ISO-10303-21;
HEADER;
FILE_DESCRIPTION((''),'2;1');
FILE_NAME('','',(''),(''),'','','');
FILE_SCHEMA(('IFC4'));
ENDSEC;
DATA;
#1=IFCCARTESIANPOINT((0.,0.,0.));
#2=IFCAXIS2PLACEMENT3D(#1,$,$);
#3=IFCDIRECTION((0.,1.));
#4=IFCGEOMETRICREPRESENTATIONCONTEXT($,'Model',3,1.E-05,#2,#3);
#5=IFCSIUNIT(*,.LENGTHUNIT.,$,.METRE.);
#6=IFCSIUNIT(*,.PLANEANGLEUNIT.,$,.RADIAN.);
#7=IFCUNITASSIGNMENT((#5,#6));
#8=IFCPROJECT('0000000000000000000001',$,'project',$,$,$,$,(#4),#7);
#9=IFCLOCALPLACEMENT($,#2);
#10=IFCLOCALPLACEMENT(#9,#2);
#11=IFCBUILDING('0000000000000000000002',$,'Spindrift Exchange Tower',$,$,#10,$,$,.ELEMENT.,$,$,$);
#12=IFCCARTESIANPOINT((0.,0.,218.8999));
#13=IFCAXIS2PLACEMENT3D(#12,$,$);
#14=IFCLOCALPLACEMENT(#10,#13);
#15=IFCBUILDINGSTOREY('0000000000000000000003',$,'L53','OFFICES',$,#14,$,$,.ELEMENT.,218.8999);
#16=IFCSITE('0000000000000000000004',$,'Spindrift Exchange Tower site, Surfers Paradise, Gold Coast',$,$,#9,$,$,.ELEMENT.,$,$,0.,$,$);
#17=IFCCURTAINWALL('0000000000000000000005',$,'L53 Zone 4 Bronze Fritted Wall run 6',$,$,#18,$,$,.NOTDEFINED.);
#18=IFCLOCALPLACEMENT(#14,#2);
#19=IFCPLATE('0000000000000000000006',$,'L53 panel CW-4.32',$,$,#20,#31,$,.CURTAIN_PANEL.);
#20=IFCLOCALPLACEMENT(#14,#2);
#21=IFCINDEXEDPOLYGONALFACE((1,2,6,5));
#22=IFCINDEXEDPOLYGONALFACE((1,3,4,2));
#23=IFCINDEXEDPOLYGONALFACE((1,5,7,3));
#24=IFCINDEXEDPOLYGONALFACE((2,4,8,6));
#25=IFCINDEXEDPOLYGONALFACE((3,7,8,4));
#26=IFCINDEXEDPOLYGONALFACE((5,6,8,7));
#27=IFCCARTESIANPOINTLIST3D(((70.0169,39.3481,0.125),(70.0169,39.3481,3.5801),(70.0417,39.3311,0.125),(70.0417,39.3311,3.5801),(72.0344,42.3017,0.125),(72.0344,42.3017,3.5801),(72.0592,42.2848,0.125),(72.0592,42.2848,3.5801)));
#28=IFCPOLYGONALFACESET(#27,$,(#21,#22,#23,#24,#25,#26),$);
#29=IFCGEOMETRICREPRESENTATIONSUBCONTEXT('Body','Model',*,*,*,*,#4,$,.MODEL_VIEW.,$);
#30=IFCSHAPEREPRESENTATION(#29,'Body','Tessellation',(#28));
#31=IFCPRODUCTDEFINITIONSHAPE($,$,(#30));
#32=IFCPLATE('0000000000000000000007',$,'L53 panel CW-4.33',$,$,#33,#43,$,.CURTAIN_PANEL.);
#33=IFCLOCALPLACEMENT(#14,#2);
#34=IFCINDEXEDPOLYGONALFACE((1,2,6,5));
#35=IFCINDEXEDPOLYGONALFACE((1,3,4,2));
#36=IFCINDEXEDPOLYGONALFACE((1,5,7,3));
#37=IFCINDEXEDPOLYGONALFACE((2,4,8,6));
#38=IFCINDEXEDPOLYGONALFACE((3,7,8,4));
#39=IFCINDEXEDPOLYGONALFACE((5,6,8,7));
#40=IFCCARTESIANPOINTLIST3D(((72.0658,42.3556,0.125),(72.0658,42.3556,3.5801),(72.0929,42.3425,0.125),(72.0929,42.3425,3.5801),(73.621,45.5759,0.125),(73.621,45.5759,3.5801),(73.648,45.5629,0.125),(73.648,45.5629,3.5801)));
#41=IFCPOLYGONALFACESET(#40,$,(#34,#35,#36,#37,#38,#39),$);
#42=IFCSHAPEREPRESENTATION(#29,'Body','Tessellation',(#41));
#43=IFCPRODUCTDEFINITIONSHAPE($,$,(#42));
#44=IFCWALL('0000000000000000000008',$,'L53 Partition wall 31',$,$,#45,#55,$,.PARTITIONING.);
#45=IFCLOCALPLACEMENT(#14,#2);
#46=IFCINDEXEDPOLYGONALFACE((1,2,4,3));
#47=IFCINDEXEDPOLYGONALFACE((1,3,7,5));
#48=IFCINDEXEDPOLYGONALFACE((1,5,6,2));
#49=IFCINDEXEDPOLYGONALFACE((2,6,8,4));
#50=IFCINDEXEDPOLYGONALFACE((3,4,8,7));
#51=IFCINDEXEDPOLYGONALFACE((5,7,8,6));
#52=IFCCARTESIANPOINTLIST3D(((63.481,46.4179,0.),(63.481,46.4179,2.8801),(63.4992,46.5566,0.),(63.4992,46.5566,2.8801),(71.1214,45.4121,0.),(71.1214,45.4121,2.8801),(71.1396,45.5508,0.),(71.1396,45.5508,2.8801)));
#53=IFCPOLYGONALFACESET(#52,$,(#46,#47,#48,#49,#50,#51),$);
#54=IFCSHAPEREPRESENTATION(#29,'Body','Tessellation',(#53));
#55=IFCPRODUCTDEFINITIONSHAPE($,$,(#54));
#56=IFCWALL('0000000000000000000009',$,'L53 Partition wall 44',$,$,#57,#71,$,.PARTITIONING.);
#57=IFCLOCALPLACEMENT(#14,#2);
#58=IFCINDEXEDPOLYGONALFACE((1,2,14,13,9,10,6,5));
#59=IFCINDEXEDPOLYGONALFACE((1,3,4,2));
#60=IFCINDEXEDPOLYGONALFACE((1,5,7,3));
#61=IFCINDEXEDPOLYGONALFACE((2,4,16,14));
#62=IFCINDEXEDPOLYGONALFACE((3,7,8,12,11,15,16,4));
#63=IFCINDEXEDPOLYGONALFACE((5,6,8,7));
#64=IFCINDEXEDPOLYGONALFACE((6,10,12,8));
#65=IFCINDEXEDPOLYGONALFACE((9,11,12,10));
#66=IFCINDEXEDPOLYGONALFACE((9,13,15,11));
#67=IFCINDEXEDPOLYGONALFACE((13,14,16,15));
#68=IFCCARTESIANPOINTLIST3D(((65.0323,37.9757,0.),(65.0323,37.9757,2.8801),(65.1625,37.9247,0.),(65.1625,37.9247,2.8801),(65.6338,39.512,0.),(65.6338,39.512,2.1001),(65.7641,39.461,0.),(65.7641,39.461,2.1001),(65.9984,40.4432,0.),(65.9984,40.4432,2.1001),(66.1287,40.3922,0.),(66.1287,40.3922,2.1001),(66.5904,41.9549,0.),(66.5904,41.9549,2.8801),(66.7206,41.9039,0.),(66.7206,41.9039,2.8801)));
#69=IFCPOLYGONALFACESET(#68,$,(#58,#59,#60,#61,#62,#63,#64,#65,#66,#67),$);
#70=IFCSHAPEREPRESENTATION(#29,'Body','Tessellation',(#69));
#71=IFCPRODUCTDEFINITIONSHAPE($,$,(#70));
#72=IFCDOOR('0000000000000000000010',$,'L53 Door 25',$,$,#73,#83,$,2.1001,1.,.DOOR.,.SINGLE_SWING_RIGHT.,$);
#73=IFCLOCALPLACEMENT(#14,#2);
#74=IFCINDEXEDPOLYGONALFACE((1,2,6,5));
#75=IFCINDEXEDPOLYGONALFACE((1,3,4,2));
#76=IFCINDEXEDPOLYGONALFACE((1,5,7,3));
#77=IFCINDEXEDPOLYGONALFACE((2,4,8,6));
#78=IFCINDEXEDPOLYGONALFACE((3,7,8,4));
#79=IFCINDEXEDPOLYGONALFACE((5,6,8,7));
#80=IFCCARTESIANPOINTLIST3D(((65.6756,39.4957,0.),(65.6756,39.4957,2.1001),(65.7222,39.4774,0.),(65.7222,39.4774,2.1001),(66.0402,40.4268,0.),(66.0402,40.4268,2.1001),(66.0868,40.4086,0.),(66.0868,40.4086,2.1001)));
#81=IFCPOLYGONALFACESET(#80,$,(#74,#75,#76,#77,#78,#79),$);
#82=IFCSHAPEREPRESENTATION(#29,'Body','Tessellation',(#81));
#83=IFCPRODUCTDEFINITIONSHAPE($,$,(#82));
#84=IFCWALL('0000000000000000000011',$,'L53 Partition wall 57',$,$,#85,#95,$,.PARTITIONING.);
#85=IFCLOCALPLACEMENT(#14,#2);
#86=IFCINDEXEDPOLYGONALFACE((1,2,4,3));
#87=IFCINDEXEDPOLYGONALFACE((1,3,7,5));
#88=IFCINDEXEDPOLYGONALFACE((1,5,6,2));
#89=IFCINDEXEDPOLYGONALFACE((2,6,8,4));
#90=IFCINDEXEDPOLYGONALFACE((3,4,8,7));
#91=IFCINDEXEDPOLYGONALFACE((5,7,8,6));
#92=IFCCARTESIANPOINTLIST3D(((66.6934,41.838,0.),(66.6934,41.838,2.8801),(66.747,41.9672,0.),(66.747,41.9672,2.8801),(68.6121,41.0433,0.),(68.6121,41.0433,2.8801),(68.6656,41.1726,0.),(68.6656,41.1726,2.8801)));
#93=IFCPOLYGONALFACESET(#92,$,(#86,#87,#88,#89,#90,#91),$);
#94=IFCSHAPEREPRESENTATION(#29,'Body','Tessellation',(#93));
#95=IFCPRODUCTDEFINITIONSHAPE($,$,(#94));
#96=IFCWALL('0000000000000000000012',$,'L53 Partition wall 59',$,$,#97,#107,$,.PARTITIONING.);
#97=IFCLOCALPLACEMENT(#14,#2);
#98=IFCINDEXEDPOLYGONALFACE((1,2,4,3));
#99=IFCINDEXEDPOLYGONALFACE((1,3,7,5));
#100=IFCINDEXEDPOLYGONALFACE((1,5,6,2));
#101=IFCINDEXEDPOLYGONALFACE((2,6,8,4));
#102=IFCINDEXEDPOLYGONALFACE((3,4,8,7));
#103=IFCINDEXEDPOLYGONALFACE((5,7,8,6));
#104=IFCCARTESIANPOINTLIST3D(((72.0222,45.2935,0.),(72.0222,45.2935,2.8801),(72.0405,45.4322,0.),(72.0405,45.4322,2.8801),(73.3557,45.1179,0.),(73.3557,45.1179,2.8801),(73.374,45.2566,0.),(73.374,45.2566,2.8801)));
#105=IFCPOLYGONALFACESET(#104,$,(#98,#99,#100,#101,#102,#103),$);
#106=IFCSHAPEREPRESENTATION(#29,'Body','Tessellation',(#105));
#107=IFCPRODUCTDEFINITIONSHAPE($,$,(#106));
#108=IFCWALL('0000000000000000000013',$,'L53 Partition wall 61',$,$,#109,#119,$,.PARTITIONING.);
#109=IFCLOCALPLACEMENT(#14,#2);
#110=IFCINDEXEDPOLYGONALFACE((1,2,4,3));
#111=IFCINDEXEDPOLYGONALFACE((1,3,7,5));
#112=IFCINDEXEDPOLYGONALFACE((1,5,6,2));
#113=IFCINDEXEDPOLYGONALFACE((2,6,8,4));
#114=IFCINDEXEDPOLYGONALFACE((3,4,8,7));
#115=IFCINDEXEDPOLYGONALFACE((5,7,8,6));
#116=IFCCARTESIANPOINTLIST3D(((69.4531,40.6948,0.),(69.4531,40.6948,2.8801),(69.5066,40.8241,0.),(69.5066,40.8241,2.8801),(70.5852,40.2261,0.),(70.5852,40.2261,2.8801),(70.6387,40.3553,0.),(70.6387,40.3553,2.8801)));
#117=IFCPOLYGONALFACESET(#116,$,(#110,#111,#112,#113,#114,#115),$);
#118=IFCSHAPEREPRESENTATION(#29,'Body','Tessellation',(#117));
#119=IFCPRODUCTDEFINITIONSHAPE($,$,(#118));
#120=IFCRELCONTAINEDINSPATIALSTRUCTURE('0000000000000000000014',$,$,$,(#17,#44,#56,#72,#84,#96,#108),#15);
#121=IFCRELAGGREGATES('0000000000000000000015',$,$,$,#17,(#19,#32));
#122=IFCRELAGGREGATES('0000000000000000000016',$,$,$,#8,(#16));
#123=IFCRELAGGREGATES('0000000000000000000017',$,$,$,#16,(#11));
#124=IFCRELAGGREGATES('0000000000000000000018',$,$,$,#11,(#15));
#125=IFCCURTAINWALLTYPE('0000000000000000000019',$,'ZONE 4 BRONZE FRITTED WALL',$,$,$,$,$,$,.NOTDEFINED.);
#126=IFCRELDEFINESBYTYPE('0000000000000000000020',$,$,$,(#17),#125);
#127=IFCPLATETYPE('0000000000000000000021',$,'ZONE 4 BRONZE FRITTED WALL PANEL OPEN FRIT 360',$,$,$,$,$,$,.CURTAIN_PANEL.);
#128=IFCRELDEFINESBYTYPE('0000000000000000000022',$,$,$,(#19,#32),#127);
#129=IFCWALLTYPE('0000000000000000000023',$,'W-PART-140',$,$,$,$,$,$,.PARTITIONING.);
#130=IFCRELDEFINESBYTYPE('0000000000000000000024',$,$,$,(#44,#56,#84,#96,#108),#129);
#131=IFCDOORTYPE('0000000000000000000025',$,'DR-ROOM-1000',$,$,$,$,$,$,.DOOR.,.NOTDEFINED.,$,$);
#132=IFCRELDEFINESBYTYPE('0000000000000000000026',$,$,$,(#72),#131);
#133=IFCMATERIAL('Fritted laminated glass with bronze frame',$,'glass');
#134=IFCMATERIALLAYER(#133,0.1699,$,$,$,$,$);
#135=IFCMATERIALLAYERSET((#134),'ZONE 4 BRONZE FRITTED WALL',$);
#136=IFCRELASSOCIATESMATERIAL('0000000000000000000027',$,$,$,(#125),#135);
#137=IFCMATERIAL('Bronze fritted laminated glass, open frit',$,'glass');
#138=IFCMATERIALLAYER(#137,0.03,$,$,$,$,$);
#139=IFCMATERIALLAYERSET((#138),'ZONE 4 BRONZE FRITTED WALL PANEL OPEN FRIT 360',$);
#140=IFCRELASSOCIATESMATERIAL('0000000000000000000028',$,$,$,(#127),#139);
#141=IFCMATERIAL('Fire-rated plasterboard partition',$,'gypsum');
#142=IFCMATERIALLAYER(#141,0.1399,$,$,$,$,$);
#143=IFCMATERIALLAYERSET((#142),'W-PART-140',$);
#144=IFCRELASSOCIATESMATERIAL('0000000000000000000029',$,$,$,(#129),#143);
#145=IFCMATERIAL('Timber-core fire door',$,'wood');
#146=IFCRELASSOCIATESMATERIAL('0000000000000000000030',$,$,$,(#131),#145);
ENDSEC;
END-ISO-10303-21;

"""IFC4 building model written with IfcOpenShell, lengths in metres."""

from ifc_helpers import new_model, si_unit, direction, frame, frame_2d, origin, origin_2d, place, context, subcontext, project, spatial, rectangle, extrude, source, transform, mapped, material, layer, layer_set, type_object, element, fill, aggregate, save


model = new_model("IFC4")

# Units and contexts
model_context = context("Model", 3, precision=1e-05, world=origin(), true_north=direction((0.0, 1.0)))
body_context = subcontext(model_context, "Body", "Model", "MODEL_VIEW")
ifc_project = project(units=[si_unit("LENGTHUNIT", "METRE"), si_unit("PLANEANGLEUNIT", "RADIAN")], contexts=[model_context])

# Site, building, storey
site_placement = place(None, origin())
site = spatial("IfcSite", under=ifc_project, at=site_placement, Name="Spindrift Exchange Tower site, Surfers Paradise, Gold Coast", CompositionType="ELEMENT", RefElevation=0.0)
building_placement = place(site_placement, origin())
building = spatial("IfcBuilding", under=site, at=building_placement, Name="Spindrift Exchange Tower", CompositionType="ELEMENT")
storey_placement = place(building_placement, frame((0.0, 0.0, 218.8999)))
storey = spatial("IfcBuildingStorey", under=building, at=storey_placement, Name="L53", Description="OFFICES", CompositionType="ELEMENT", Elevation=218.8999)

# Curtain wall, plates
ifc_material_1 = material(Name="Fritted laminated glass with bronze frame", Category="glass")
ifc_layer_1 = layer(ifc_material_1, 0.1699)
ifc_layer_set_1 = layer_set([ifc_layer_1], Name="ZONE 4 BRONZE FRITTED WALL")
curtain_wall_type = type_object("IfcCurtainWallType", Name="ZONE 4 BRONZE FRITTED WALL", PredefinedType="NOTDEFINED", material=ifc_layer_set_1)
curtain_wall_placement = place(storey_placement, origin())
curtain_wall = element("IfcCurtainWall", 1, at=curtain_wall_placement, inside=storey, type_object=curtain_wall_type, Name="L53 Zone 4 Bronze Fritted Wall run 6", PredefinedType="NOTDEFINED")
ifc_material_2 = material(Name="Bronze fritted laminated glass, open frit", Category="glass")
ifc_layer_2 = layer(ifc_material_2, 0.03)
ifc_layer_set_2 = layer_set([ifc_layer_2], Name="ZONE 4 BRONZE FRITTED WALL PANEL OPEN FRIT 360")
plate_type = type_object("IfcPlateType", Name="ZONE 4 BRONZE FRITTED WALL PANEL OPEN FRIT 360", PredefinedType="CURTAIN_PANEL", material=ifc_layer_set_2)
shared_shape_1 = source(origin(), body_context, "Body", "SweptSolid", [
    extrude(rectangle(XDim=3.5769, YDim=0.03, at=origin_2d()), origin(), (0.0, 0.0, 1.0), 3.4551),
])
plate_1_placement = place(storey_placement, frame((71.0381, 40.8164, 0.125), z_axis=(0.0, 0.0, 1.0), x_axis=(0.564036, 0.82575, 0.0)))
plate_1 = element("IfcPlate", 2, at=plate_1_placement, type_object=plate_type, Name="L53 panel CW-4.32", PredefinedType="CURTAIN_PANEL", context=body_context, shape_type="MappedRepresentation", body=[
    mapped(shared_shape_1, transform((0.0, 0.0, 0.0), scale=1.0)),
])
shared_shape_2 = source(origin(), body_context, "Body", "SweptSolid", [
    extrude(rectangle(XDim=3.5762, YDim=0.03, at=origin_2d()), origin(), (0.0, 0.0, 1.0), 3.4551),
])
plate_2_placement = place(storey_placement, frame((72.8569, 43.9592, 0.125), z_axis=(0.0, 0.0, 1.0), x_axis=(0.434868, 0.900494, 0.0)))
plate_2 = element("IfcPlate", 3, at=plate_2_placement, type_object=plate_type, Name="L53 panel CW-4.33", PredefinedType="CURTAIN_PANEL", context=body_context, shape_type="MappedRepresentation", body=[
    mapped(shared_shape_2, transform((0.0, 0.0, 0.0), scale=1.0)),
])
aggregate(curtain_wall, [plate_1, plate_2])

# Wall
ifc_material_3 = material(Name="Fire-rated plasterboard partition", Category="gypsum")
ifc_layer_3 = layer(ifc_material_3, 0.1399)
ifc_layer_set_3 = layer_set([ifc_layer_3], Name="W-PART-140")
wall_type = type_object("IfcWallType", Name="W-PART-140", PredefinedType="PARTITIONING", material=ifc_layer_set_3)
wall_1_placement = place(storey_placement, frame((71.1304, 45.4814, 0.0), z_axis=(0.0, 0.0, 1.0), x_axis=(-0.991445, 0.130524, 0.0)))
element("IfcWall", 4, at=wall_1_placement, inside=storey, type_object=wall_type, Name="L53 Partition wall 31", PredefinedType="PARTITIONING", context=body_context, shape_type="SweptSolid", body=[
    extrude(rectangle(XDim=7.7063, YDim=0.1399, at=frame_2d((3.853, 0.0))), origin(), (0.0, 0.0, 1.0), 2.8801),
])

# Wall, opening, door
wall_2_placement = place(storey_placement, frame((66.6555, 41.9294, 0.0), z_axis=(0.0, 0.0, 1.0), x_axis=(-0.364604, -0.931163, 0.0)))
wall_2 = element("IfcWall", 5, at=wall_2_placement, inside=storey, type_object=wall_type, Name="L53 Partition wall 44", PredefinedType="PARTITIONING", context=body_context, shape_type="SweptSolid", body=[
    extrude(rectangle(XDim=4.2734, YDim=0.1399, at=frame_2d((2.1367, 0.0))), origin(), (0.0, 0.0, 1.0), 2.8801),
])
opening_placement = place(wall_2_placement, frame((1.6235, 0.0, 0.0)))
opening = element("IfcOpeningElement", 6, at=opening_placement, cuts=wall_2, PredefinedType="OPENING", context=body_context, shape_type="SweptSolid", body=[
    extrude(rectangle(XDim=1.0, YDim=2.1001, at=frame_2d((0.5, 1.05))), frame((0.0, 0.0798, 0.0), z_axis=(0.0, -1.0, 0.0), x_axis=(1.0, 0.0, 0.0)), (0.0, 0.0, 1.0), 0.1599),
])
ifc_material_4 = material(Name="Timber-core fire door", Category="wood")
door_type = type_object("IfcDoorType", Name="DR-ROOM-1000", OperationType="NOTDEFINED", PredefinedType="DOOR", material=ifc_material_4)
shared_shape_3 = source(origin(), body_context, "Body", "SweptSolid", [
    extrude(rectangle(XDim=1.0, YDim=2.1001, at=frame_2d((0.5, 1.05))), frame((0.0, 0.0249, 0.0), z_axis=(0.0, -1.0, 0.0), x_axis=(1.0, 0.0, 0.0)), (0.0, 0.0, 1.0), 0.05),
])
door_placement = place(opening_placement, origin())
door = element("IfcDoor", 7, at=door_placement, inside=storey, type_object=door_type, Name="L53 Door 25", OperationType="SINGLE_SWING_RIGHT", OverallHeight=2.1001, OverallWidth=1.0, PredefinedType="DOOR", context=body_context, shape_type="MappedRepresentation", body=[
    mapped(shared_shape_3, transform((0.0, 0.0, 0.0), scale=1.0)),
])
fill(opening, door)

# Walls
wall_3_placement = place(storey_placement, frame((66.7202, 41.9026, 0.0), z_axis=(0.0, 0.0, 1.0), x_axis=(0.923892, -0.382653, 0.0)))
element("IfcWall", 8, at=wall_3_placement, inside=storey, type_object=wall_type, Name="L53 Partition wall 57", PredefinedType="PARTITIONING", context=body_context, shape_type="SweptSolid", body=[
    extrude(rectangle(XDim=2.0767, YDim=0.1399, at=frame_2d((1.0383, 0.0))), origin(), (0.0, 0.0, 1.0), 2.8801),
])
wall_4_placement = place(storey_placement, frame((72.0315, 45.3628, 0.0), z_axis=(0.0, 0.0, 1.0), x_axis=(0.991447, -0.130511, 0.0)))
element("IfcWall", 9, at=wall_4_placement, inside=storey, type_object=wall_type, Name="L53 Partition wall 59", PredefinedType="PARTITIONING", context=body_context, shape_type="SweptSolid", body=[
    extrude(rectangle(XDim=1.345, YDim=0.1399, at=frame_2d((0.6724, 0.0))), origin(), (0.0, 0.0, 1.0), 2.8801),
])
wall_5_placement = place(storey_placement, frame((69.4797, 40.7595, 0.0), z_axis=(0.0, 0.0, 1.0), x_axis=(0.923929, -0.382563, 0.0)))
element("IfcWall", 10, at=wall_5_placement, inside=storey, type_object=wall_type, Name="L53 Partition wall 61", PredefinedType="PARTITIONING", context=body_context, shape_type="SweptSolid", body=[
    extrude(rectangle(XDim=1.2253, YDim=0.1399, at=frame_2d((0.6128, 0.0))), origin(), (0.0, 0.0, 1.0), 2.8801),
])

save(model, "model.ifc")
